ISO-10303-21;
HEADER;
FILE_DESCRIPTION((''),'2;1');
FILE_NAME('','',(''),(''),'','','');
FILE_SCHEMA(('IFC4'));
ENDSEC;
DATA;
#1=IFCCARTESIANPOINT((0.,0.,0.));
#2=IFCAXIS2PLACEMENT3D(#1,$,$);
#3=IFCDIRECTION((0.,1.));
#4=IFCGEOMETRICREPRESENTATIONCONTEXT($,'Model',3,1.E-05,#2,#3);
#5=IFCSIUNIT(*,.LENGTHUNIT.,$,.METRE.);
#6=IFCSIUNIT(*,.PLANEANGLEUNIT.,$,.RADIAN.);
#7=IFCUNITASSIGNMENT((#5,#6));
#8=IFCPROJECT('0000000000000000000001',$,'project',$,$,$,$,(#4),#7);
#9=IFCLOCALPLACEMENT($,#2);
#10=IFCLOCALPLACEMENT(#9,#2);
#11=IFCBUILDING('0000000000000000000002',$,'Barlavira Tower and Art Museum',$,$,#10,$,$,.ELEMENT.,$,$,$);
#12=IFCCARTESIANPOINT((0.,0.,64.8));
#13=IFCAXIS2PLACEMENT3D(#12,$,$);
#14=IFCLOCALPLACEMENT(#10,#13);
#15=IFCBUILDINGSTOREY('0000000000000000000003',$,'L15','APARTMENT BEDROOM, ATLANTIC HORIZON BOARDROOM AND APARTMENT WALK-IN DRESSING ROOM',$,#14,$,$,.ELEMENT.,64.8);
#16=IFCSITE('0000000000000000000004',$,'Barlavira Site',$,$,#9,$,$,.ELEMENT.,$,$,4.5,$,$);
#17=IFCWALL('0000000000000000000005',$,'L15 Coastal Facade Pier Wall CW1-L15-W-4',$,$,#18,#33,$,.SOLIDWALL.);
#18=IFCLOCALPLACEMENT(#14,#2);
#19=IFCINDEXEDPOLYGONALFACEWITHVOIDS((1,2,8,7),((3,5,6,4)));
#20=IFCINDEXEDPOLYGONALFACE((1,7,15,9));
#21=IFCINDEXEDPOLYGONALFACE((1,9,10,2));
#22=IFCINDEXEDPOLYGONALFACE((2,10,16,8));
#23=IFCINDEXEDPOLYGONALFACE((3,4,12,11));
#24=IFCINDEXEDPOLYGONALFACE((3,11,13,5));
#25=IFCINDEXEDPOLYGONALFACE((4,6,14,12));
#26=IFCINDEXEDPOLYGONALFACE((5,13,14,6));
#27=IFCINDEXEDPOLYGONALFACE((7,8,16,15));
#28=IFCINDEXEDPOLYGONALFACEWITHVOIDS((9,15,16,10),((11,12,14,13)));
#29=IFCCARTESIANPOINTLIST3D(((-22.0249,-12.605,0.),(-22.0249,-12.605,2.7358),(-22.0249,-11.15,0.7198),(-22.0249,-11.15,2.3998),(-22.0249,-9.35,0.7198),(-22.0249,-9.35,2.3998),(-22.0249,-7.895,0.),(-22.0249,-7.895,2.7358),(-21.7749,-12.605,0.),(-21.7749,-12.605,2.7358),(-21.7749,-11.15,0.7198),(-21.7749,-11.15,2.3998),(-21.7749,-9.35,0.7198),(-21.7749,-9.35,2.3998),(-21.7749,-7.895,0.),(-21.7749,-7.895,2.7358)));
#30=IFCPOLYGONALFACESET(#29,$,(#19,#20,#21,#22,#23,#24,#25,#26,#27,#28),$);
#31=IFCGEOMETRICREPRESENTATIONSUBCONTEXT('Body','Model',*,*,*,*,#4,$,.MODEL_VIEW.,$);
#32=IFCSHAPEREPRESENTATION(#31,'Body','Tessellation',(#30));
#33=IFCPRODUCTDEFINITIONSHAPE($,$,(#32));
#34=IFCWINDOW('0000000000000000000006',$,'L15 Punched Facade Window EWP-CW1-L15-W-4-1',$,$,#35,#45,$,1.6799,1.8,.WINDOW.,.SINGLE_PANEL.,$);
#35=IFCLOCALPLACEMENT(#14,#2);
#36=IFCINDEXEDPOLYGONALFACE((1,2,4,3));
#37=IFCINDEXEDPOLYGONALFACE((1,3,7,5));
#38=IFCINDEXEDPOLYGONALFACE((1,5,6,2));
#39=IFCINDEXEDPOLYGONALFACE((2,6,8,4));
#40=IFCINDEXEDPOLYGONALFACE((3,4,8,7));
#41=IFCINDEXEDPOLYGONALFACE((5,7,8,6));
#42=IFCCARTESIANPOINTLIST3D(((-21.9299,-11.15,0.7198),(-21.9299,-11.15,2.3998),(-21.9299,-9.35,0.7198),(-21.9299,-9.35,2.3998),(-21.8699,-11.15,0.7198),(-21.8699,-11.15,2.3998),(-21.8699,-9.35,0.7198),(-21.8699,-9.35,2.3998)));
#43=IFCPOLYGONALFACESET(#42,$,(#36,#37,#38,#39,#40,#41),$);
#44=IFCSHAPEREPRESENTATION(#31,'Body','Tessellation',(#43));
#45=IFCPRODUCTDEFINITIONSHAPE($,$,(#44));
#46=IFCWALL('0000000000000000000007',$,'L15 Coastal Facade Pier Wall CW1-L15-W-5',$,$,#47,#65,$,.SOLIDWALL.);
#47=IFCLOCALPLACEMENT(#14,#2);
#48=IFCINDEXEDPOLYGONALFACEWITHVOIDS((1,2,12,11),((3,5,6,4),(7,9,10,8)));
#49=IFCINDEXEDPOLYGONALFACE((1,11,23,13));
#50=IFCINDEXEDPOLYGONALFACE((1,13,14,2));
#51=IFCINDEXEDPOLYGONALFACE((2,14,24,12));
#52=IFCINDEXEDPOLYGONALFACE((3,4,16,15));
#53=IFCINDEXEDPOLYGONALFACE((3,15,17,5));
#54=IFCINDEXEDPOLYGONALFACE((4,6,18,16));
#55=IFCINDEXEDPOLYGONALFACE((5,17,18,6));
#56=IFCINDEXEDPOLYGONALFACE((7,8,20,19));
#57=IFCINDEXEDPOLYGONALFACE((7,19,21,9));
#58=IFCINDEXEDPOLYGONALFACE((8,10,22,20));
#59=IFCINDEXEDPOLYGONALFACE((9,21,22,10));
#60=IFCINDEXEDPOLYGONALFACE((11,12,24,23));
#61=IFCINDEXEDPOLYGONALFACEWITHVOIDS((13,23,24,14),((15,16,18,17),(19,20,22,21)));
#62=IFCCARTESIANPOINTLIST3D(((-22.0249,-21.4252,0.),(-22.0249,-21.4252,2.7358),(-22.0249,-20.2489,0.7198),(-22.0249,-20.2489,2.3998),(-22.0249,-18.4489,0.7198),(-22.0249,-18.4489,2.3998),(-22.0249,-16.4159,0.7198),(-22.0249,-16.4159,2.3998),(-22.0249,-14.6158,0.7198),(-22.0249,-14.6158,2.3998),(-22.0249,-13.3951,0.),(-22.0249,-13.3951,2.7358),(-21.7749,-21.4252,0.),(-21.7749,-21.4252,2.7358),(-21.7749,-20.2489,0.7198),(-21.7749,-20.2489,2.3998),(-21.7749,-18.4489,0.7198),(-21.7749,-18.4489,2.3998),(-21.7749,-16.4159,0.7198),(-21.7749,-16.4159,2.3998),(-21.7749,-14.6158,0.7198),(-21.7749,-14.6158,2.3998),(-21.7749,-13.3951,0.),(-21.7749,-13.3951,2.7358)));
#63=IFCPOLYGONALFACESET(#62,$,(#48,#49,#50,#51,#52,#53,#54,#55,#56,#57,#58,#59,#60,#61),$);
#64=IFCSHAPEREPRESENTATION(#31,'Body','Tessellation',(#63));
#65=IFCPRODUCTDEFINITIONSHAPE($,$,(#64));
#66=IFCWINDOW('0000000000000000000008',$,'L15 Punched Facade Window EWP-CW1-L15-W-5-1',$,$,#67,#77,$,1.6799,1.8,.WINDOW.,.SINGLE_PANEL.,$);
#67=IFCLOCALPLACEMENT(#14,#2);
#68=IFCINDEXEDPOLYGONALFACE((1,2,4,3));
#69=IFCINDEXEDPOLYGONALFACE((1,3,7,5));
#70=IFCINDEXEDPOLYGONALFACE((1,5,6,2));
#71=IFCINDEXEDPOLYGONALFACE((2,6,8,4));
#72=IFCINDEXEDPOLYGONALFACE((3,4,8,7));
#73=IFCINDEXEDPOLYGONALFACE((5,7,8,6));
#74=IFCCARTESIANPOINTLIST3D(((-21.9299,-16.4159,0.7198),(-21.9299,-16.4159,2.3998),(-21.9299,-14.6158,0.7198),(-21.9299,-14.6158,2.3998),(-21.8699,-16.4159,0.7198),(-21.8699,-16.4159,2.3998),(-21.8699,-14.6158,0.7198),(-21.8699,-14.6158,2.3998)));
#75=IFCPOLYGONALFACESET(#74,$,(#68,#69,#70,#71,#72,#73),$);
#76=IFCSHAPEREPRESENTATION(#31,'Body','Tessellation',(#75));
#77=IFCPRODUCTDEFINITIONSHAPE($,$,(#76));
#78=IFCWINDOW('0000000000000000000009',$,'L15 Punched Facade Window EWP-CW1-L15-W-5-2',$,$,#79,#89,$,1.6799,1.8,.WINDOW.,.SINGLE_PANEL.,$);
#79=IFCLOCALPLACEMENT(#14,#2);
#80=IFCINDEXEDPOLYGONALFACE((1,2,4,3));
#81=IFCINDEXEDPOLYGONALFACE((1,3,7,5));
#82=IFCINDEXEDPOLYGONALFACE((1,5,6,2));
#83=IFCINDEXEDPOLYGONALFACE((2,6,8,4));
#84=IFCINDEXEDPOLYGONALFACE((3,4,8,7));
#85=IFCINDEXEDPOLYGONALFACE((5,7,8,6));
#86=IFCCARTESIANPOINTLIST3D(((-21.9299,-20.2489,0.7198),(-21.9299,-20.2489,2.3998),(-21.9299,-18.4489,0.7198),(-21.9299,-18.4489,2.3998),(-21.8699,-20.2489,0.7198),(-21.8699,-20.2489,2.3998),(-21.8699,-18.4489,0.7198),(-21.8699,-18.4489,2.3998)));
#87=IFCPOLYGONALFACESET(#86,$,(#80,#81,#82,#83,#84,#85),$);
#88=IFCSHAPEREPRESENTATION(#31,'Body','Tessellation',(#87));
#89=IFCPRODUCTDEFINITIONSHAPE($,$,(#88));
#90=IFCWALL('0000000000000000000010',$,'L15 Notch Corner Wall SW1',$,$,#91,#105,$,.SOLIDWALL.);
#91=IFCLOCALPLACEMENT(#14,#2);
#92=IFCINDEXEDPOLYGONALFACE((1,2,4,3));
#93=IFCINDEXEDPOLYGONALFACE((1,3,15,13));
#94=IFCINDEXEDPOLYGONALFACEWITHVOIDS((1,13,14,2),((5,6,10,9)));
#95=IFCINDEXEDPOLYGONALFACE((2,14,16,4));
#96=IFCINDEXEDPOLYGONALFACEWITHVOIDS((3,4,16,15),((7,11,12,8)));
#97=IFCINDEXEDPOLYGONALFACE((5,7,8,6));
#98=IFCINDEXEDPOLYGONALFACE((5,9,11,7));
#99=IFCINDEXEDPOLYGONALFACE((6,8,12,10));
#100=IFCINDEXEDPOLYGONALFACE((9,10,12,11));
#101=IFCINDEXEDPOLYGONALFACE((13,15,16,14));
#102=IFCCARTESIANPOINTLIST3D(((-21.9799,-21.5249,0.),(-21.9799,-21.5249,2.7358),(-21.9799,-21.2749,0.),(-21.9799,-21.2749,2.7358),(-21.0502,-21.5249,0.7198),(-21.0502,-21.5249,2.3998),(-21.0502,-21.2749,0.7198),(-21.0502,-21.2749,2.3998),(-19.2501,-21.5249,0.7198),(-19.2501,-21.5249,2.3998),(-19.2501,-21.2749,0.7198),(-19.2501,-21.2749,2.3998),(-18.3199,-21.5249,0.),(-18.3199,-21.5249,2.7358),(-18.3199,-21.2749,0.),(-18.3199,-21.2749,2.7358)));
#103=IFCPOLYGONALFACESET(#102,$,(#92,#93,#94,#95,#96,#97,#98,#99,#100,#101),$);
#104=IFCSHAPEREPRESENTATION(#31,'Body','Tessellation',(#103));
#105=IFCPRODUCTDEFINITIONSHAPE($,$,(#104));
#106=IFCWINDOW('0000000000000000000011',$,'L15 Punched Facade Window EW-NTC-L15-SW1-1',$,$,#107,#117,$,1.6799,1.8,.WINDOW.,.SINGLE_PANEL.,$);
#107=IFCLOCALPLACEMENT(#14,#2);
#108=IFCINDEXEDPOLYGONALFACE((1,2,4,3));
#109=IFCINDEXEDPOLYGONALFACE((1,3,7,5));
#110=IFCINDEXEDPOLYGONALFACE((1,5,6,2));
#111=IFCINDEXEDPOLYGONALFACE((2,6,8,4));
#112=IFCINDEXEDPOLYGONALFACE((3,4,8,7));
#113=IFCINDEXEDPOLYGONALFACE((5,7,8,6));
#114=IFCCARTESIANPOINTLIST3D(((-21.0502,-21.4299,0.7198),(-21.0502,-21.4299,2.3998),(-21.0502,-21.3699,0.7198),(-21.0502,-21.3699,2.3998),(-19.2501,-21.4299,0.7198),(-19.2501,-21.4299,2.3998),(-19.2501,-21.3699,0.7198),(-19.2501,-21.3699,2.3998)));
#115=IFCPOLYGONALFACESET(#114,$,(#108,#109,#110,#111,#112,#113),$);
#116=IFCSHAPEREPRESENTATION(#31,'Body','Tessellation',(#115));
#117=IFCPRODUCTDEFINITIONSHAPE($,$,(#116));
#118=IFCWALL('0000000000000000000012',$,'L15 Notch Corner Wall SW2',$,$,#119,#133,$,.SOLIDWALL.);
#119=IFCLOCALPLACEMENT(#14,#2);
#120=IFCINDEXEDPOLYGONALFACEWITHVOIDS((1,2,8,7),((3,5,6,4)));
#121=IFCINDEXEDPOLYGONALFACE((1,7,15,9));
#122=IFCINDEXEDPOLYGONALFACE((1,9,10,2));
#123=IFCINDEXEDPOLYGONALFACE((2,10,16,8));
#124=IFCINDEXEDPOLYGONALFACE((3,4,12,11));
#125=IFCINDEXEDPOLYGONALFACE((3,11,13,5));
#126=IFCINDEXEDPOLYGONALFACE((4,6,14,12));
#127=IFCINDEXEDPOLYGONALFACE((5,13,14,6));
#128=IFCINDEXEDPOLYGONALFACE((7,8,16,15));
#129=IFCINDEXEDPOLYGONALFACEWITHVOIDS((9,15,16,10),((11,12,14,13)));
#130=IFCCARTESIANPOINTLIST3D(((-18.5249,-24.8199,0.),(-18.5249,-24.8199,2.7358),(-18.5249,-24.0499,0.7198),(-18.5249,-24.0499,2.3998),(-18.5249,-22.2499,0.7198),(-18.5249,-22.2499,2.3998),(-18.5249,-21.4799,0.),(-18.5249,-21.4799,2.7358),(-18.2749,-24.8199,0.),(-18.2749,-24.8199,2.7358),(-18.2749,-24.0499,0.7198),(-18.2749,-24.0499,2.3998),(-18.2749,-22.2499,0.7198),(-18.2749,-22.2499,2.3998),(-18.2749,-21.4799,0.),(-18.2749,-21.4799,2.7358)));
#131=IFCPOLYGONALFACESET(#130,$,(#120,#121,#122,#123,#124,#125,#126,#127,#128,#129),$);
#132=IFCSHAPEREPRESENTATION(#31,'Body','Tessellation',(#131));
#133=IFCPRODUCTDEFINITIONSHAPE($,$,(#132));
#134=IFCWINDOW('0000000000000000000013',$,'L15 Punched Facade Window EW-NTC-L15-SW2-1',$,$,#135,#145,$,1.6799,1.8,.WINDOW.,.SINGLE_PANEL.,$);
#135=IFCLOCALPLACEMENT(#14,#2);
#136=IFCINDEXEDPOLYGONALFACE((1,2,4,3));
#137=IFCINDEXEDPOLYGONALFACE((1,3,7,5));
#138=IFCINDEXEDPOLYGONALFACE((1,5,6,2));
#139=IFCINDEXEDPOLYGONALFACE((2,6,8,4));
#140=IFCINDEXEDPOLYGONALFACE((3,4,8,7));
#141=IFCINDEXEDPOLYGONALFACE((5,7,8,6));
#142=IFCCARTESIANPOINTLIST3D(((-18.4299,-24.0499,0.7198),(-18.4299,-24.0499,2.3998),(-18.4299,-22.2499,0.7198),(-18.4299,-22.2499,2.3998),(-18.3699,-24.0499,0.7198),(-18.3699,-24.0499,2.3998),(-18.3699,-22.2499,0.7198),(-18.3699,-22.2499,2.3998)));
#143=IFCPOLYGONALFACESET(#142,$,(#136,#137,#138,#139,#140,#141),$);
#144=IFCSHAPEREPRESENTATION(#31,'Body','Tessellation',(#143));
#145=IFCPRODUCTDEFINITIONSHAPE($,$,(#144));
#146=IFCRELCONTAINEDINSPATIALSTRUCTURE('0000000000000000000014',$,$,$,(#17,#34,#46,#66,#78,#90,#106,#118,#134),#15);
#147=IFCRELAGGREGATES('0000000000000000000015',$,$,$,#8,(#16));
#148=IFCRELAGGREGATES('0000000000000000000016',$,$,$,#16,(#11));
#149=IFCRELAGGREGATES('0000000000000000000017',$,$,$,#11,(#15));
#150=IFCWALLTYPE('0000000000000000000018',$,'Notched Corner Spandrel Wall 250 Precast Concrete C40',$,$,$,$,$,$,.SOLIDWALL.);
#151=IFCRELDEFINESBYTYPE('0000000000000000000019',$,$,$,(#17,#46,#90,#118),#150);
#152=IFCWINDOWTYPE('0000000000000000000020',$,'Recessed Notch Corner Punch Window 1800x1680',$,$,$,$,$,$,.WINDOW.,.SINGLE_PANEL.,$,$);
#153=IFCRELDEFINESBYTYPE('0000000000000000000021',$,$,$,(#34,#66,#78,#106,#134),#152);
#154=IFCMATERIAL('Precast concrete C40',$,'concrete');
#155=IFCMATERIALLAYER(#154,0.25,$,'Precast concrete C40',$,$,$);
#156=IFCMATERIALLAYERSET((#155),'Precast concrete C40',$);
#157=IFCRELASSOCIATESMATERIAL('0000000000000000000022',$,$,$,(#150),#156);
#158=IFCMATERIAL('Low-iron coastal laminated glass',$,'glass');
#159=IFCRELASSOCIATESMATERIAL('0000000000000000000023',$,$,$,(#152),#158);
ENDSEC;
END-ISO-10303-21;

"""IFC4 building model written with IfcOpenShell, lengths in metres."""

from ifc_helpers import new_model, si_unit, direction, frame, frame_2d, origin, place, context, subcontext, project, spatial, rectangle, extrude, material, layer, layer_set, type_object, element, fill, save


model = new_model("IFC4")

# Units and contexts
model_context = context("Model", 3, precision=1e-05, world=origin(), true_north=direction((0.0, 1.0)))
body_context = subcontext(model_context, "Body", "Model", "MODEL_VIEW")
ifc_project = project(units=[si_unit("LENGTHUNIT", "METRE"), si_unit("PLANEANGLEUNIT", "RADIAN")], contexts=[model_context])

# Site, building, storey
site_placement = place(None, origin())
site = spatial("IfcSite", under=ifc_project, at=site_placement, Name="Barlavira Site", CompositionType="ELEMENT", RefElevation=4.5)
building_placement = place(site_placement, origin())
building = spatial("IfcBuilding", under=site, at=building_placement, Name="Barlavira Tower and Art Museum", CompositionType="ELEMENT")
storey_placement = place(building_placement, frame((0.0, 0.0, 64.8)))
storey = spatial("IfcBuildingStorey", under=building, at=storey_placement, Name="L15", Description="APARTMENT BEDROOM, ATLANTIC HORIZON BOARDROOM AND APARTMENT WALK-IN DRESSING ROOM", CompositionType="ELEMENT", Elevation=64.8)

# Shared definitions
ifc_material_1 = material(Name="Precast concrete C40", Category="concrete")
ifc_layer_1 = layer(ifc_material_1, 0.25, Name="Precast concrete C40")
ifc_layer_set_1 = layer_set([ifc_layer_1], Name="Precast concrete C40")
wall_type_1 = type_object("IfcWallType", Name="Notched Corner Spandrel Wall 250 Precast Concrete C40", PredefinedType="SOLIDWALL", material=ifc_layer_set_1)
ifc_material_2 = material(Name="Low-iron coastal laminated glass", Category="glass")
window_type = type_object("IfcWindowType", Name="Recessed Notch Corner Punch Window 1800x1680", PartitioningType="SINGLE_PANEL", PredefinedType="WINDOW", material=ifc_material_2)

# Wall, opening, window
wall_1_placement = place(storey_placement, frame((-21.8999, -7.895, 0.0), z_axis=(0.0, 0.0, 1.0), x_axis=(0.0, -1.0, 0.0)))
wall_1 = element("IfcWall", 1, at=wall_1_placement, inside=storey, type_object=wall_type_1, Name="L15 Coastal Facade Pier Wall CW1-L15-W-4", PredefinedType="SOLIDWALL", context=body_context, shape_type="SweptSolid", body=[
    extrude(rectangle(XDim=4.71, YDim=0.25, at=frame_2d((2.355, 0.0))), origin(), (0.0, 0.0, 1.0), 2.7358),
])
opening_1_placement = place(wall_1_placement, frame((1.4551, 0.0, 0.72)))
opening_1 = element("IfcOpeningElement", 2, at=opening_1_placement, cuts=wall_1, PredefinedType="OPENING", context=body_context, shape_type="SweptSolid", body=[
    extrude(rectangle(XDim=1.8, YDim=1.6799, at=frame_2d((0.8999, 0.8398))), frame((0.0, 0.135, 0.0), z_axis=(0.0, -1.0, 0.0), x_axis=(1.0, 0.0, 0.0)), (0.0, 0.0, 1.0), 0.27),
])
window_1_placement = place(opening_1_placement, origin())
window_1 = element("IfcWindow", 3, at=window_1_placement, inside=storey, type_object=window_type, Name="L15 Punched Facade Window EWP-CW1-L15-W-4-1", OverallHeight=1.6799, OverallWidth=1.8, PartitioningType="SINGLE_PANEL", PredefinedType="WINDOW", context=body_context, shape_type="SweptSolid", body=[
    extrude(rectangle(XDim=1.8, YDim=1.6799, at=frame_2d((0.8999, 0.8398))), frame((0.0, 0.03, 0.0), z_axis=(0.0, -1.0, 0.0), x_axis=(1.0, 0.0, 0.0)), (0.0, 0.0, 1.0), 0.0601),
])
fill(opening_1, window_1)

# Wall, openings, windows
wall_2_placement = place(storey_placement, frame((-21.8999, -13.395, 0.0), z_axis=(0.0, 0.0, 1.0), x_axis=(0.0, -1.0, 0.0)))
wall_2 = element("IfcWall", 4, at=wall_2_placement, inside=storey, type_object=wall_type_1, Name="L15 Coastal Facade Pier Wall CW1-L15-W-5", PredefinedType="SOLIDWALL", context=body_context, shape_type="SweptSolid", body=[
    extrude(rectangle(XDim=8.03, YDim=0.25, at=frame_2d((4.0151, 0.0))), origin(), (0.0, 0.0, 1.0), 2.7358),
])
opening_2_placement = place(wall_2_placement, frame((1.2209, 0.0, 0.72)))
opening_2 = element("IfcOpeningElement", 5, at=opening_2_placement, cuts=wall_2, PredefinedType="OPENING", context=body_context, shape_type="SweptSolid", body=[
    extrude(rectangle(XDim=1.8, YDim=1.6799, at=frame_2d((0.8999, 0.8398))), frame((0.0, 0.135, 0.0), z_axis=(0.0, -1.0, 0.0), x_axis=(1.0, 0.0, 0.0)), (0.0, 0.0, 1.0), 0.27),
])
opening_3_placement = place(wall_2_placement, frame((5.054, 0.0, 0.72)))
opening_3 = element("IfcOpeningElement", 6, at=opening_3_placement, cuts=wall_2, PredefinedType="OPENING", context=body_context, shape_type="SweptSolid", body=[
    extrude(rectangle(XDim=1.8, YDim=1.6799, at=frame_2d((0.8999, 0.8398))), frame((0.0, 0.135, 0.0), z_axis=(0.0, -1.0, 0.0), x_axis=(1.0, 0.0, 0.0)), (0.0, 0.0, 1.0), 0.27),
])
window_2_placement = place(opening_2_placement, origin())
window_2 = element("IfcWindow", 7, at=window_2_placement, inside=storey, type_object=window_type, Name="L15 Punched Facade Window EWP-CW1-L15-W-5-1", OverallHeight=1.6799, OverallWidth=1.8, PartitioningType="SINGLE_PANEL", PredefinedType="WINDOW", context=body_context, shape_type="SweptSolid", body=[
    extrude(rectangle(XDim=1.8, YDim=1.6799, at=frame_2d((0.8999, 0.8398))), frame((0.0, 0.03, 0.0), z_axis=(0.0, -1.0, 0.0), x_axis=(1.0, 0.0, 0.0)), (0.0, 0.0, 1.0), 0.0601),
])
fill(opening_2, window_2)
window_3_placement = place(opening_3_placement, origin())
window_3 = element("IfcWindow", 8, at=window_3_placement, inside=storey, type_object=window_type, Name="L15 Punched Facade Window EWP-CW1-L15-W-5-2", OverallHeight=1.6799, OverallWidth=1.8, PartitioningType="SINGLE_PANEL", PredefinedType="WINDOW", context=body_context, shape_type="SweptSolid", body=[
    extrude(rectangle(XDim=1.8, YDim=1.6799, at=frame_2d((0.8999, 0.8398))), frame((0.0, 0.03, 0.0), z_axis=(0.0, -1.0, 0.0), x_axis=(1.0, 0.0, 0.0)), (0.0, 0.0, 1.0), 0.0601),
])
fill(opening_3, window_3)

# Walls, openings, windows
wall_3_placement = place(storey_placement, frame((-21.98, -21.3999, 0.0), z_axis=(0.0, 0.0, 1.0), x_axis=(1.0, 0.0, 0.0)))
wall_3 = element("IfcWall", 9, at=wall_3_placement, inside=storey, type_object=wall_type_1, Name="L15 Notch Corner Wall SW1", PredefinedType="SOLIDWALL", context=body_context, shape_type="SweptSolid", body=[
    extrude(rectangle(XDim=3.6599, YDim=0.25, at=frame_2d((1.8301, 0.0))), origin(), (0.0, 0.0, 1.0), 2.7358),
])
opening_4_placement = place(wall_3_placement, frame((0.9299, 0.0, 0.72)))
opening_4 = element("IfcOpeningElement", 10, at=opening_4_placement, cuts=wall_3, PredefinedType="OPENING", context=body_context, shape_type="SweptSolid", body=[
    extrude(rectangle(XDim=1.8, YDim=1.6799, at=frame_2d((0.8999, 0.8398))), frame((0.0, 0.135, 0.0), z_axis=(0.0, -1.0, 0.0), x_axis=(1.0, 0.0, 0.0)), (0.0, 0.0, 1.0), 0.27),
])
window_4_placement = place(opening_4_placement, origin())
window_4 = element("IfcWindow", 11, at=window_4_placement, inside=storey, type_object=window_type, Name="L15 Punched Facade Window EW-NTC-L15-SW1-1", OverallHeight=1.6799, OverallWidth=1.8, PartitioningType="SINGLE_PANEL", PredefinedType="WINDOW", context=body_context, shape_type="SweptSolid", body=[
    extrude(rectangle(XDim=1.8, YDim=1.6799, at=frame_2d((0.8999, 0.8398))), frame((0.0, 0.03, 0.0), z_axis=(0.0, -1.0, 0.0), x_axis=(1.0, 0.0, 0.0)), (0.0, 0.0, 1.0), 0.0601),
])
fill(opening_4, window_4)
wall_4_placement = place(storey_placement, frame((-18.3999, -21.48, 0.0), z_axis=(0.0, 0.0, 1.0), x_axis=(0.0, -1.0, 0.0)))
wall_4 = element("IfcWall", 12, at=wall_4_placement, inside=storey, type_object=wall_type_1, Name="L15 Notch Corner Wall SW2", PredefinedType="SOLIDWALL", context=body_context, shape_type="SweptSolid", body=[
    extrude(rectangle(XDim=3.3401, YDim=0.25, at=frame_2d((1.6699, 0.0))), origin(), (0.0, 0.0, 1.0), 2.7358),
])
opening_5_placement = place(wall_4_placement, frame((0.77, 0.0, 0.72)))
opening_5 = element("IfcOpeningElement", 13, at=opening_5_placement, cuts=wall_4, PredefinedType="OPENING", context=body_context, shape_type="SweptSolid", body=[
    extrude(rectangle(XDim=1.8, YDim=1.6799, at=frame_2d((0.8999, 0.8398))), frame((0.0, 0.135, 0.0), z_axis=(0.0, -1.0, 0.0), x_axis=(1.0, 0.0, 0.0)), (0.0, 0.0, 1.0), 0.27),
])
window_5_placement = place(opening_5_placement, origin())
window_5 = element("IfcWindow", 14, at=window_5_placement, inside=storey, type_object=window_type, Name="L15 Punched Facade Window EW-NTC-L15-SW2-1", OverallHeight=1.6799, OverallWidth=1.8, PartitioningType="SINGLE_PANEL", PredefinedType="WINDOW", context=body_context, shape_type="SweptSolid", body=[
    extrude(rectangle(XDim=1.8, YDim=1.6799, at=frame_2d((0.8999, 0.8398))), frame((0.0, 0.03, 0.0), z_axis=(0.0, -1.0, 0.0), x_axis=(1.0, 0.0, 0.0)), (0.0, 0.0, 1.0), 0.0601),
])
fill(opening_5, window_5)

save(model, "model.ifc")
